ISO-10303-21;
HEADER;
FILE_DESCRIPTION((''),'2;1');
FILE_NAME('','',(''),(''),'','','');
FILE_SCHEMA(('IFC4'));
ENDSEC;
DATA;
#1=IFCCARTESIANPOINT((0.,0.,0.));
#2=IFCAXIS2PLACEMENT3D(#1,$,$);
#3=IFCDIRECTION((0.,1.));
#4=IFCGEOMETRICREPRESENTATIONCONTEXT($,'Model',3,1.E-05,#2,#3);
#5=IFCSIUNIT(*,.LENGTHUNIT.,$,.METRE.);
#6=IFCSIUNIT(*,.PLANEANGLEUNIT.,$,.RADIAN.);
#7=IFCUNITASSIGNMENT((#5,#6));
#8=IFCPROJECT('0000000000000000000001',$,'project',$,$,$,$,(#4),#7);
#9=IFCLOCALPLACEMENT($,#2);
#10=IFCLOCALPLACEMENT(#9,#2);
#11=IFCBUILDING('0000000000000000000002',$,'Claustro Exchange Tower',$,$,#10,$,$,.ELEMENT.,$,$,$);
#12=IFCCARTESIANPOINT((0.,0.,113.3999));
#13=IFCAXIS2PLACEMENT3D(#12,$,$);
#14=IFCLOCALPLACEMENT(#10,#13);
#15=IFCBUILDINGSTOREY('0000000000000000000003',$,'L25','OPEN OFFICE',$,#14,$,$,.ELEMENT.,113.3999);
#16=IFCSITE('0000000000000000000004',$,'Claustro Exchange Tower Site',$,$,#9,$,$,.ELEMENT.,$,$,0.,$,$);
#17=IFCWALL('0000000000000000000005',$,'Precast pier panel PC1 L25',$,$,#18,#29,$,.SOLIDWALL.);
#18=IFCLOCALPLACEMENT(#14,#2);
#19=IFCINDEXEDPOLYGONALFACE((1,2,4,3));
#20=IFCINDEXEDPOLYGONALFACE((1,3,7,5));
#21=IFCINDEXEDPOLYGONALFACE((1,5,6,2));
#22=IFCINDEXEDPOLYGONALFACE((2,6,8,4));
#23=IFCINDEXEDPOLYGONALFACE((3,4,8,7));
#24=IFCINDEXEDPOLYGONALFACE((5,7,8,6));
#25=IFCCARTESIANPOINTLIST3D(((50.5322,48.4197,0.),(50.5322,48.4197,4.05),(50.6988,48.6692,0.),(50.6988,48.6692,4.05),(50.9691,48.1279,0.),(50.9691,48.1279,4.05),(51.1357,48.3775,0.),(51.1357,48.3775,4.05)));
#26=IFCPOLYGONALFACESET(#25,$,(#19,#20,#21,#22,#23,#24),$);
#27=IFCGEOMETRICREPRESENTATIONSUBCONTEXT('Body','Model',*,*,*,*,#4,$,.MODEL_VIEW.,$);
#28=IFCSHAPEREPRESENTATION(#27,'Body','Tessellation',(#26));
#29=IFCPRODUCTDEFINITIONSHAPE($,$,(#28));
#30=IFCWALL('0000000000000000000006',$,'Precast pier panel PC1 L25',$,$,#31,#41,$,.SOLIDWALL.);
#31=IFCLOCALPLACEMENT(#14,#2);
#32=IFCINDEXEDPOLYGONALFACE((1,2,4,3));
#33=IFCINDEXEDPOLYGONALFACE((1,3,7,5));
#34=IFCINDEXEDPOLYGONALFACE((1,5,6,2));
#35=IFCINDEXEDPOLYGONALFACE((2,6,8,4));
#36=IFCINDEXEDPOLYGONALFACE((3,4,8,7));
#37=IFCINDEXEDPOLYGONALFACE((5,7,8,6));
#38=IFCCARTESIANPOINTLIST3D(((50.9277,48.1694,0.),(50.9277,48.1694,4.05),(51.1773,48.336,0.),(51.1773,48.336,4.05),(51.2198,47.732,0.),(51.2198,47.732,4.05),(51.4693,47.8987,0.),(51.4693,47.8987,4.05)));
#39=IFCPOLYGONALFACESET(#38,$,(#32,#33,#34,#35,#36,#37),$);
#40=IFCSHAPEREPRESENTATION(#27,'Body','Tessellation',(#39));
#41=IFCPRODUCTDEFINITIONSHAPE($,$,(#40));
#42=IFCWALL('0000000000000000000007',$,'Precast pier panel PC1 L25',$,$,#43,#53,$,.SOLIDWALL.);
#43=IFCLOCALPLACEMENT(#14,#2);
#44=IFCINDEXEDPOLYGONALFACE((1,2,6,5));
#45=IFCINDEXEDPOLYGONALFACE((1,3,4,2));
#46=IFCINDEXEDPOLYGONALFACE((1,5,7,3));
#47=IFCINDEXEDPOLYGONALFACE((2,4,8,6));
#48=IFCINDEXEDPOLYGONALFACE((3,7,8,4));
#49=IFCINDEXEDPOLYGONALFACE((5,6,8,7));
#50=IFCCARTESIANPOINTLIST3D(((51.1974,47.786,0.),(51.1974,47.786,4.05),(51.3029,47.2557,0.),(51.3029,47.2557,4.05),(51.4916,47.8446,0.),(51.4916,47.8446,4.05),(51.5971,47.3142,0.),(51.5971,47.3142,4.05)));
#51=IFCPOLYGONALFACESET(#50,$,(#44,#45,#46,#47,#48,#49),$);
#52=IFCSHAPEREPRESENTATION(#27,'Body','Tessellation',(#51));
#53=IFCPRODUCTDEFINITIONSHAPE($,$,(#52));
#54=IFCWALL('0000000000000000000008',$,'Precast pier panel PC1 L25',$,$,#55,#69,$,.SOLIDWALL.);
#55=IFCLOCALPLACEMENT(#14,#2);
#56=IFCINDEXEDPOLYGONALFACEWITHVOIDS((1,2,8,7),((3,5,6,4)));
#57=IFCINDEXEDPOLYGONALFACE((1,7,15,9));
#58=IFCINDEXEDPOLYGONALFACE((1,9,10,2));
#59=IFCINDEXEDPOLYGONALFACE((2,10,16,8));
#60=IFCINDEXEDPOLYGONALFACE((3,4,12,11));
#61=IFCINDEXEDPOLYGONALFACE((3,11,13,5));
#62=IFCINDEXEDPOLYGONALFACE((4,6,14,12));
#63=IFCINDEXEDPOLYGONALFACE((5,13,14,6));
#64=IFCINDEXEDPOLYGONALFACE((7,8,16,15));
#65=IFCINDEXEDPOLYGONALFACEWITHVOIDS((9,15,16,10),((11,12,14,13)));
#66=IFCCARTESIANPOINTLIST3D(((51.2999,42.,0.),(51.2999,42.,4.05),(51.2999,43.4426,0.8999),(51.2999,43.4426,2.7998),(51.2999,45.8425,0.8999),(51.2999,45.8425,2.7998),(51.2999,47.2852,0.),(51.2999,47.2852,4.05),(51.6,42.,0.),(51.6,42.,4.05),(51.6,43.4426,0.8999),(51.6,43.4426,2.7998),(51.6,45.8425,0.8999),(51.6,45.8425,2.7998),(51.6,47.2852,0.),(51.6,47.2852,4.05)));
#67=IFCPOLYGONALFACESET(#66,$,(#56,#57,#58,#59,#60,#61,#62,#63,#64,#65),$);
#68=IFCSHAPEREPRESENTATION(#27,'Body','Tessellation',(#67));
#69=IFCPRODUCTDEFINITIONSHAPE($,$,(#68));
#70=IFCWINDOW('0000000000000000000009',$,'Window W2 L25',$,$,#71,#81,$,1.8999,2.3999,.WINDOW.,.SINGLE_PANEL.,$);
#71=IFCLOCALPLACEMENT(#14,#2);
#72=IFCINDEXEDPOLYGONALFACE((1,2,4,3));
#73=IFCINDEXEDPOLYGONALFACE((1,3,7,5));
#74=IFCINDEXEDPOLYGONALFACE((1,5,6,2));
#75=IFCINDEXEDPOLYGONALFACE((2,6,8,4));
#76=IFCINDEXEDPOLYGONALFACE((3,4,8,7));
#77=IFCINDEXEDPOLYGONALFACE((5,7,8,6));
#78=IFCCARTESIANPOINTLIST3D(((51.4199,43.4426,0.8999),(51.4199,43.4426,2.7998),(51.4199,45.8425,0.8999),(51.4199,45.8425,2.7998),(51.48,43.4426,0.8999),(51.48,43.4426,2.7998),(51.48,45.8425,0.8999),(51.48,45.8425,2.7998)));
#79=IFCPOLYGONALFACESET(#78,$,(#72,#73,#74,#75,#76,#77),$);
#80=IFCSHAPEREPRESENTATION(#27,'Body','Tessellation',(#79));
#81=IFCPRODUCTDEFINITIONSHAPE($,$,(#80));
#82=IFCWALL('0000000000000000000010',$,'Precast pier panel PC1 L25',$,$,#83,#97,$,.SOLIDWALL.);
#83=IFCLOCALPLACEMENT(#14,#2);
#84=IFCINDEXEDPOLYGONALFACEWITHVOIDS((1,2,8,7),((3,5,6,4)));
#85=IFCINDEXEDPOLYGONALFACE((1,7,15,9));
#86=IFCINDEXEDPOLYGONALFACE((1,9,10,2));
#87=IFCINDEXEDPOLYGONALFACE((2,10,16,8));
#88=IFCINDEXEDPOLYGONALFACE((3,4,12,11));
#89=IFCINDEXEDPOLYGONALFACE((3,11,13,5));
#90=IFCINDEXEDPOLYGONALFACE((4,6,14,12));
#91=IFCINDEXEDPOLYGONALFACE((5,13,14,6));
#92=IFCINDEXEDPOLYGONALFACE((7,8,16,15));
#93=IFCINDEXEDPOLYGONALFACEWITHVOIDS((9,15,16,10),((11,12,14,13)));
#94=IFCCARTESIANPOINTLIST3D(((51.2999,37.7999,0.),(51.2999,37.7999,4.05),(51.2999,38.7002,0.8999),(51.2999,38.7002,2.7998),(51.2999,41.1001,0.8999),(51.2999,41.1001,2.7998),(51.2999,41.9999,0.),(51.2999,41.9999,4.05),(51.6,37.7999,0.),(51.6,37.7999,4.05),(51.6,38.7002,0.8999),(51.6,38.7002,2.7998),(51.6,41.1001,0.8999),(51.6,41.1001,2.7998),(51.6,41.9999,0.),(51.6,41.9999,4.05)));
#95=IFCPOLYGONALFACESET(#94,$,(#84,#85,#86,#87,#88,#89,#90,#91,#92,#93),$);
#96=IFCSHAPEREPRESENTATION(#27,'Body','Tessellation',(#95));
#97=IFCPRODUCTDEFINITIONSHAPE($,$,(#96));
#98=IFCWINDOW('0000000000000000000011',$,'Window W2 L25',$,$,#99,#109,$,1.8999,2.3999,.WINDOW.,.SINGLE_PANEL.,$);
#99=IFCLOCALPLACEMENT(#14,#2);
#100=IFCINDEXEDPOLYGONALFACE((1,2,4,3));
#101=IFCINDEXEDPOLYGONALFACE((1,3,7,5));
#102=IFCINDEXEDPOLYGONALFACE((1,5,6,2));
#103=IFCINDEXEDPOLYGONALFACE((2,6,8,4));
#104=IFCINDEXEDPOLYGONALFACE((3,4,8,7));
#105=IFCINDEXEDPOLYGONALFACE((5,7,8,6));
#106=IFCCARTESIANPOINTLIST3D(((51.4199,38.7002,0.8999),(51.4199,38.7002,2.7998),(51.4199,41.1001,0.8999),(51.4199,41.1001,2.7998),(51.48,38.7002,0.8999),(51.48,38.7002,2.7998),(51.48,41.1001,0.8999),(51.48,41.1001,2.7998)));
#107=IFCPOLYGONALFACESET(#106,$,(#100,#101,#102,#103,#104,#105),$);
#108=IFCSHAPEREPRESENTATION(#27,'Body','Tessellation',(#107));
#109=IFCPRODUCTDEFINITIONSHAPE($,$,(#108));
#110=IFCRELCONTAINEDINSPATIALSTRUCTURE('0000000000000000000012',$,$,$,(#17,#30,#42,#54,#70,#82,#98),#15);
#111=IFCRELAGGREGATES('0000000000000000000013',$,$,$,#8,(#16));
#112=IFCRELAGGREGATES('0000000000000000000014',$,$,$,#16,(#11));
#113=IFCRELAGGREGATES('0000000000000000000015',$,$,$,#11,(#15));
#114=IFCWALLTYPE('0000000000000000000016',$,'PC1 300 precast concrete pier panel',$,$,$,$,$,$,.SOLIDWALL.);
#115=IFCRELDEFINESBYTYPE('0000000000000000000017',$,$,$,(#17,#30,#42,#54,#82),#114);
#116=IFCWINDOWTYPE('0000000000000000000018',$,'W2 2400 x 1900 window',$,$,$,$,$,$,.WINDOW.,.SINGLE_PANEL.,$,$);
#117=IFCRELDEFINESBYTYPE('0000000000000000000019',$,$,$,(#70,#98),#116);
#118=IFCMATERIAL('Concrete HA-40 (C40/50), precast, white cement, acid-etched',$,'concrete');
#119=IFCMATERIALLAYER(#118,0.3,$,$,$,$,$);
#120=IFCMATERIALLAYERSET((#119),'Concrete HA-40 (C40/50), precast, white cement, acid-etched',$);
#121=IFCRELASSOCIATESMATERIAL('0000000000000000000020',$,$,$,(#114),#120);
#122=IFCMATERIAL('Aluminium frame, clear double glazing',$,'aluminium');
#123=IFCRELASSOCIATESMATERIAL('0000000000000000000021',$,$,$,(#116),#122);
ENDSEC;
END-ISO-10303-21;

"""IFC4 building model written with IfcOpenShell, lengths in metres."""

from ifc_helpers import new_model, si_unit, direction, frame, frame_2d, origin, place, context, subcontext, project, spatial, rectangle, extrude, material, layer, layer_set, type_object, element, fill, save


model = new_model("IFC4")

# Units and contexts
model_context = context("Model", 3, precision=1e-05, world=origin(), true_north=direction((0.0, 1.0)))
body_context = subcontext(model_context, "Body", "Model", "MODEL_VIEW")
ifc_project = project(units=[si_unit("LENGTHUNIT", "METRE"), si_unit("PLANEANGLEUNIT", "RADIAN")], contexts=[model_context])

# Site, building, storey
site_placement = place(None, origin())
site = spatial("IfcSite", under=ifc_project, at=site_placement, Name="Claustro Exchange Tower Site", CompositionType="ELEMENT", RefElevation=0.0)
building_placement = place(site_placement, origin())
building = spatial("IfcBuilding", under=site, at=building_placement, Name="Claustro Exchange Tower", CompositionType="ELEMENT")
storey_placement = place(building_placement, frame((0.0, 0.0, 113.3999)))
storey = spatial("IfcBuildingStorey", under=building, at=storey_placement, Name="L25", Description="OPEN OFFICE", CompositionType="ELEMENT", Elevation=113.3999)

# Shared definitions
ifc_material_1 = material(Name="Concrete HA-40 (C40/50), precast, white cement, acid-etched", Category="concrete")
ifc_layer_1 = layer(ifc_material_1, 0.3)
ifc_layer_set_1 = layer_set([ifc_layer_1], Name="Concrete HA-40 (C40/50), precast, white cement, acid-etched")
wall_type_1 = type_object("IfcWallType", Name="PC1 300 precast concrete pier panel", PredefinedType="SOLIDWALL", material=ifc_layer_set_1)

# Walls
wall_1_placement = place(storey_placement, frame((50.6155, 48.5444, 0.0), z_axis=(0.0, 0.0, 1.0), x_axis=(0.831693, -0.555236, 0.0)))
element("IfcWall", 1, at=wall_1_placement, inside=storey, type_object=wall_type_1, Name="Precast pier panel PC1 L25", PredefinedType="SOLIDWALL", context=body_context, shape_type="SweptSolid", body=[
    extrude(rectangle(XDim=0.5254, YDim=0.3, at=frame_2d((0.2627, 0.0))), origin(), (0.0, 0.0, 1.0), 4.05),
])
wall_2_placement = place(storey_placement, frame((51.0525, 48.2527, 0.0), z_axis=(0.0, 0.0, 1.0), x_axis=(0.555343, -0.831621, 0.0)))
element("IfcWall", 2, at=wall_2_placement, inside=storey, type_object=wall_type_1, Name="Precast pier panel PC1 L25", PredefinedType="SOLIDWALL", context=body_context, shape_type="SweptSolid", body=[
    extrude(rectangle(XDim=0.5259, YDim=0.3, at=frame_2d((0.2629, 0.0))), origin(), (0.0, 0.0, 1.0), 4.05),
])
wall_3_placement = place(storey_placement, frame((51.3445, 47.8154, 0.0), z_axis=(0.0, 0.0, 1.0), x_axis=(0.195074, -0.980789, 0.0)))
element("IfcWall", 3, at=wall_3_placement, inside=storey, type_object=wall_type_1, Name="Precast pier panel PC1 L25", PredefinedType="SOLIDWALL", context=body_context, shape_type="SweptSolid", body=[
    extrude(rectangle(XDim=0.5408, YDim=0.3, at=frame_2d((0.2705, 0.0))), origin(), (0.0, 0.0, 1.0), 4.05),
])

# Walls, openings, windows
wall_4_placement = place(storey_placement, frame((51.45, 47.2852, 0.0), z_axis=(0.0, 0.0, 1.0), x_axis=(0.0, -1.0, 0.0)))
wall_4 = element("IfcWall", 4, at=wall_4_placement, inside=storey, type_object=wall_type_1, Name="Precast pier panel PC1 L25", PredefinedType="SOLIDWALL", context=body_context, shape_type="SweptSolid", body=[
    extrude(rectangle(XDim=5.2852, YDim=0.3, at=frame_2d((2.6426, 0.0))), origin(), (0.0, 0.0, 1.0), 4.05),
])
opening_1_placement = place(wall_4_placement, frame((1.4426, 0.0, 0.8999)))
opening_1 = element("IfcOpeningElement", 5, at=opening_1_placement, cuts=wall_4, PredefinedType="OPENING", context=body_context, shape_type="SweptSolid", body=[
    extrude(rectangle(XDim=2.3999, YDim=1.8999, at=frame_2d((1.2, 0.95))), frame((0.0, 0.1599, 0.0), z_axis=(0.0, -1.0, 0.0), x_axis=(1.0, 0.0, 0.0)), (0.0, 0.0, 1.0), 0.3201),
])
ifc_material_2 = material(Name="Aluminium frame, clear double glazing", Category="aluminium")
window_type_1 = type_object("IfcWindowType", Name="W2 2400 x 1900 window", PartitioningType="SINGLE_PANEL", PredefinedType="WINDOW", material=ifc_material_2)
window_1_placement = place(opening_1_placement, origin())
window_1 = element("IfcWindow", 6, at=window_1_placement, inside=storey, type_object=window_type_1, Name="Window W2 L25", OverallHeight=1.8999, OverallWidth=2.3999, PartitioningType="SINGLE_PANEL", PredefinedType="WINDOW", context=body_context, shape_type="SweptSolid", body=[
    extrude(rectangle(XDim=2.3999, YDim=1.8999, at=frame_2d((1.2, 0.95))), frame((0.0, 0.03, 0.0), z_axis=(0.0, -1.0, 0.0), x_axis=(1.0, 0.0, 0.0)), (0.0, 0.0, 1.0), 0.0601),
])
fill(opening_1, window_1)
wall_5_placement = place(storey_placement, frame((51.45, 42.0, 0.0), z_axis=(0.0, 0.0, 1.0), x_axis=(0.0, -1.0, 0.0)))
wall_5 = element("IfcWall", 7, at=wall_5_placement, inside=storey, type_object=wall_type_1, Name="Precast pier panel PC1 L25", PredefinedType="SOLIDWALL", context=body_context, shape_type="SweptSolid", body=[
    extrude(rectangle(XDim=4.2, YDim=0.3, at=frame_2d((2.1001, 0.0))), origin(), (0.0, 0.0, 1.0), 4.05),
])
opening_2_placement = place(wall_5_placement, frame((0.8999, 0.0, 0.8999)))
opening_2 = element("IfcOpeningElement", 8, at=opening_2_placement, cuts=wall_5, PredefinedType="OPENING", context=body_context, shape_type="SweptSolid", body=[
    extrude(rectangle(XDim=2.3999, YDim=1.8999, at=frame_2d((1.2, 0.95))), frame((0.0, 0.1599, 0.0), z_axis=(0.0, -1.0, 0.0), x_axis=(1.0, 0.0, 0.0)), (0.0, 0.0, 1.0), 0.3201),
])
window_2_placement = place(opening_2_placement, origin())
window_2 = element("IfcWindow", 9, at=window_2_placement, inside=storey, type_object=window_type_1, Name="Window W2 L25", OverallHeight=1.8999, OverallWidth=2.3999, PartitioningType="SINGLE_PANEL", PredefinedType="WINDOW", context=body_context, shape_type="SweptSolid", body=[
    extrude(rectangle(XDim=2.3999, YDim=1.8999, at=frame_2d((1.2, 0.95))), frame((0.0, 0.03, 0.0), z_axis=(0.0, -1.0, 0.0), x_axis=(1.0, 0.0, 0.0)), (0.0, 0.0, 1.0), 0.0601),
])
fill(opening_2, window_2)

save(model, "model.ifc")
